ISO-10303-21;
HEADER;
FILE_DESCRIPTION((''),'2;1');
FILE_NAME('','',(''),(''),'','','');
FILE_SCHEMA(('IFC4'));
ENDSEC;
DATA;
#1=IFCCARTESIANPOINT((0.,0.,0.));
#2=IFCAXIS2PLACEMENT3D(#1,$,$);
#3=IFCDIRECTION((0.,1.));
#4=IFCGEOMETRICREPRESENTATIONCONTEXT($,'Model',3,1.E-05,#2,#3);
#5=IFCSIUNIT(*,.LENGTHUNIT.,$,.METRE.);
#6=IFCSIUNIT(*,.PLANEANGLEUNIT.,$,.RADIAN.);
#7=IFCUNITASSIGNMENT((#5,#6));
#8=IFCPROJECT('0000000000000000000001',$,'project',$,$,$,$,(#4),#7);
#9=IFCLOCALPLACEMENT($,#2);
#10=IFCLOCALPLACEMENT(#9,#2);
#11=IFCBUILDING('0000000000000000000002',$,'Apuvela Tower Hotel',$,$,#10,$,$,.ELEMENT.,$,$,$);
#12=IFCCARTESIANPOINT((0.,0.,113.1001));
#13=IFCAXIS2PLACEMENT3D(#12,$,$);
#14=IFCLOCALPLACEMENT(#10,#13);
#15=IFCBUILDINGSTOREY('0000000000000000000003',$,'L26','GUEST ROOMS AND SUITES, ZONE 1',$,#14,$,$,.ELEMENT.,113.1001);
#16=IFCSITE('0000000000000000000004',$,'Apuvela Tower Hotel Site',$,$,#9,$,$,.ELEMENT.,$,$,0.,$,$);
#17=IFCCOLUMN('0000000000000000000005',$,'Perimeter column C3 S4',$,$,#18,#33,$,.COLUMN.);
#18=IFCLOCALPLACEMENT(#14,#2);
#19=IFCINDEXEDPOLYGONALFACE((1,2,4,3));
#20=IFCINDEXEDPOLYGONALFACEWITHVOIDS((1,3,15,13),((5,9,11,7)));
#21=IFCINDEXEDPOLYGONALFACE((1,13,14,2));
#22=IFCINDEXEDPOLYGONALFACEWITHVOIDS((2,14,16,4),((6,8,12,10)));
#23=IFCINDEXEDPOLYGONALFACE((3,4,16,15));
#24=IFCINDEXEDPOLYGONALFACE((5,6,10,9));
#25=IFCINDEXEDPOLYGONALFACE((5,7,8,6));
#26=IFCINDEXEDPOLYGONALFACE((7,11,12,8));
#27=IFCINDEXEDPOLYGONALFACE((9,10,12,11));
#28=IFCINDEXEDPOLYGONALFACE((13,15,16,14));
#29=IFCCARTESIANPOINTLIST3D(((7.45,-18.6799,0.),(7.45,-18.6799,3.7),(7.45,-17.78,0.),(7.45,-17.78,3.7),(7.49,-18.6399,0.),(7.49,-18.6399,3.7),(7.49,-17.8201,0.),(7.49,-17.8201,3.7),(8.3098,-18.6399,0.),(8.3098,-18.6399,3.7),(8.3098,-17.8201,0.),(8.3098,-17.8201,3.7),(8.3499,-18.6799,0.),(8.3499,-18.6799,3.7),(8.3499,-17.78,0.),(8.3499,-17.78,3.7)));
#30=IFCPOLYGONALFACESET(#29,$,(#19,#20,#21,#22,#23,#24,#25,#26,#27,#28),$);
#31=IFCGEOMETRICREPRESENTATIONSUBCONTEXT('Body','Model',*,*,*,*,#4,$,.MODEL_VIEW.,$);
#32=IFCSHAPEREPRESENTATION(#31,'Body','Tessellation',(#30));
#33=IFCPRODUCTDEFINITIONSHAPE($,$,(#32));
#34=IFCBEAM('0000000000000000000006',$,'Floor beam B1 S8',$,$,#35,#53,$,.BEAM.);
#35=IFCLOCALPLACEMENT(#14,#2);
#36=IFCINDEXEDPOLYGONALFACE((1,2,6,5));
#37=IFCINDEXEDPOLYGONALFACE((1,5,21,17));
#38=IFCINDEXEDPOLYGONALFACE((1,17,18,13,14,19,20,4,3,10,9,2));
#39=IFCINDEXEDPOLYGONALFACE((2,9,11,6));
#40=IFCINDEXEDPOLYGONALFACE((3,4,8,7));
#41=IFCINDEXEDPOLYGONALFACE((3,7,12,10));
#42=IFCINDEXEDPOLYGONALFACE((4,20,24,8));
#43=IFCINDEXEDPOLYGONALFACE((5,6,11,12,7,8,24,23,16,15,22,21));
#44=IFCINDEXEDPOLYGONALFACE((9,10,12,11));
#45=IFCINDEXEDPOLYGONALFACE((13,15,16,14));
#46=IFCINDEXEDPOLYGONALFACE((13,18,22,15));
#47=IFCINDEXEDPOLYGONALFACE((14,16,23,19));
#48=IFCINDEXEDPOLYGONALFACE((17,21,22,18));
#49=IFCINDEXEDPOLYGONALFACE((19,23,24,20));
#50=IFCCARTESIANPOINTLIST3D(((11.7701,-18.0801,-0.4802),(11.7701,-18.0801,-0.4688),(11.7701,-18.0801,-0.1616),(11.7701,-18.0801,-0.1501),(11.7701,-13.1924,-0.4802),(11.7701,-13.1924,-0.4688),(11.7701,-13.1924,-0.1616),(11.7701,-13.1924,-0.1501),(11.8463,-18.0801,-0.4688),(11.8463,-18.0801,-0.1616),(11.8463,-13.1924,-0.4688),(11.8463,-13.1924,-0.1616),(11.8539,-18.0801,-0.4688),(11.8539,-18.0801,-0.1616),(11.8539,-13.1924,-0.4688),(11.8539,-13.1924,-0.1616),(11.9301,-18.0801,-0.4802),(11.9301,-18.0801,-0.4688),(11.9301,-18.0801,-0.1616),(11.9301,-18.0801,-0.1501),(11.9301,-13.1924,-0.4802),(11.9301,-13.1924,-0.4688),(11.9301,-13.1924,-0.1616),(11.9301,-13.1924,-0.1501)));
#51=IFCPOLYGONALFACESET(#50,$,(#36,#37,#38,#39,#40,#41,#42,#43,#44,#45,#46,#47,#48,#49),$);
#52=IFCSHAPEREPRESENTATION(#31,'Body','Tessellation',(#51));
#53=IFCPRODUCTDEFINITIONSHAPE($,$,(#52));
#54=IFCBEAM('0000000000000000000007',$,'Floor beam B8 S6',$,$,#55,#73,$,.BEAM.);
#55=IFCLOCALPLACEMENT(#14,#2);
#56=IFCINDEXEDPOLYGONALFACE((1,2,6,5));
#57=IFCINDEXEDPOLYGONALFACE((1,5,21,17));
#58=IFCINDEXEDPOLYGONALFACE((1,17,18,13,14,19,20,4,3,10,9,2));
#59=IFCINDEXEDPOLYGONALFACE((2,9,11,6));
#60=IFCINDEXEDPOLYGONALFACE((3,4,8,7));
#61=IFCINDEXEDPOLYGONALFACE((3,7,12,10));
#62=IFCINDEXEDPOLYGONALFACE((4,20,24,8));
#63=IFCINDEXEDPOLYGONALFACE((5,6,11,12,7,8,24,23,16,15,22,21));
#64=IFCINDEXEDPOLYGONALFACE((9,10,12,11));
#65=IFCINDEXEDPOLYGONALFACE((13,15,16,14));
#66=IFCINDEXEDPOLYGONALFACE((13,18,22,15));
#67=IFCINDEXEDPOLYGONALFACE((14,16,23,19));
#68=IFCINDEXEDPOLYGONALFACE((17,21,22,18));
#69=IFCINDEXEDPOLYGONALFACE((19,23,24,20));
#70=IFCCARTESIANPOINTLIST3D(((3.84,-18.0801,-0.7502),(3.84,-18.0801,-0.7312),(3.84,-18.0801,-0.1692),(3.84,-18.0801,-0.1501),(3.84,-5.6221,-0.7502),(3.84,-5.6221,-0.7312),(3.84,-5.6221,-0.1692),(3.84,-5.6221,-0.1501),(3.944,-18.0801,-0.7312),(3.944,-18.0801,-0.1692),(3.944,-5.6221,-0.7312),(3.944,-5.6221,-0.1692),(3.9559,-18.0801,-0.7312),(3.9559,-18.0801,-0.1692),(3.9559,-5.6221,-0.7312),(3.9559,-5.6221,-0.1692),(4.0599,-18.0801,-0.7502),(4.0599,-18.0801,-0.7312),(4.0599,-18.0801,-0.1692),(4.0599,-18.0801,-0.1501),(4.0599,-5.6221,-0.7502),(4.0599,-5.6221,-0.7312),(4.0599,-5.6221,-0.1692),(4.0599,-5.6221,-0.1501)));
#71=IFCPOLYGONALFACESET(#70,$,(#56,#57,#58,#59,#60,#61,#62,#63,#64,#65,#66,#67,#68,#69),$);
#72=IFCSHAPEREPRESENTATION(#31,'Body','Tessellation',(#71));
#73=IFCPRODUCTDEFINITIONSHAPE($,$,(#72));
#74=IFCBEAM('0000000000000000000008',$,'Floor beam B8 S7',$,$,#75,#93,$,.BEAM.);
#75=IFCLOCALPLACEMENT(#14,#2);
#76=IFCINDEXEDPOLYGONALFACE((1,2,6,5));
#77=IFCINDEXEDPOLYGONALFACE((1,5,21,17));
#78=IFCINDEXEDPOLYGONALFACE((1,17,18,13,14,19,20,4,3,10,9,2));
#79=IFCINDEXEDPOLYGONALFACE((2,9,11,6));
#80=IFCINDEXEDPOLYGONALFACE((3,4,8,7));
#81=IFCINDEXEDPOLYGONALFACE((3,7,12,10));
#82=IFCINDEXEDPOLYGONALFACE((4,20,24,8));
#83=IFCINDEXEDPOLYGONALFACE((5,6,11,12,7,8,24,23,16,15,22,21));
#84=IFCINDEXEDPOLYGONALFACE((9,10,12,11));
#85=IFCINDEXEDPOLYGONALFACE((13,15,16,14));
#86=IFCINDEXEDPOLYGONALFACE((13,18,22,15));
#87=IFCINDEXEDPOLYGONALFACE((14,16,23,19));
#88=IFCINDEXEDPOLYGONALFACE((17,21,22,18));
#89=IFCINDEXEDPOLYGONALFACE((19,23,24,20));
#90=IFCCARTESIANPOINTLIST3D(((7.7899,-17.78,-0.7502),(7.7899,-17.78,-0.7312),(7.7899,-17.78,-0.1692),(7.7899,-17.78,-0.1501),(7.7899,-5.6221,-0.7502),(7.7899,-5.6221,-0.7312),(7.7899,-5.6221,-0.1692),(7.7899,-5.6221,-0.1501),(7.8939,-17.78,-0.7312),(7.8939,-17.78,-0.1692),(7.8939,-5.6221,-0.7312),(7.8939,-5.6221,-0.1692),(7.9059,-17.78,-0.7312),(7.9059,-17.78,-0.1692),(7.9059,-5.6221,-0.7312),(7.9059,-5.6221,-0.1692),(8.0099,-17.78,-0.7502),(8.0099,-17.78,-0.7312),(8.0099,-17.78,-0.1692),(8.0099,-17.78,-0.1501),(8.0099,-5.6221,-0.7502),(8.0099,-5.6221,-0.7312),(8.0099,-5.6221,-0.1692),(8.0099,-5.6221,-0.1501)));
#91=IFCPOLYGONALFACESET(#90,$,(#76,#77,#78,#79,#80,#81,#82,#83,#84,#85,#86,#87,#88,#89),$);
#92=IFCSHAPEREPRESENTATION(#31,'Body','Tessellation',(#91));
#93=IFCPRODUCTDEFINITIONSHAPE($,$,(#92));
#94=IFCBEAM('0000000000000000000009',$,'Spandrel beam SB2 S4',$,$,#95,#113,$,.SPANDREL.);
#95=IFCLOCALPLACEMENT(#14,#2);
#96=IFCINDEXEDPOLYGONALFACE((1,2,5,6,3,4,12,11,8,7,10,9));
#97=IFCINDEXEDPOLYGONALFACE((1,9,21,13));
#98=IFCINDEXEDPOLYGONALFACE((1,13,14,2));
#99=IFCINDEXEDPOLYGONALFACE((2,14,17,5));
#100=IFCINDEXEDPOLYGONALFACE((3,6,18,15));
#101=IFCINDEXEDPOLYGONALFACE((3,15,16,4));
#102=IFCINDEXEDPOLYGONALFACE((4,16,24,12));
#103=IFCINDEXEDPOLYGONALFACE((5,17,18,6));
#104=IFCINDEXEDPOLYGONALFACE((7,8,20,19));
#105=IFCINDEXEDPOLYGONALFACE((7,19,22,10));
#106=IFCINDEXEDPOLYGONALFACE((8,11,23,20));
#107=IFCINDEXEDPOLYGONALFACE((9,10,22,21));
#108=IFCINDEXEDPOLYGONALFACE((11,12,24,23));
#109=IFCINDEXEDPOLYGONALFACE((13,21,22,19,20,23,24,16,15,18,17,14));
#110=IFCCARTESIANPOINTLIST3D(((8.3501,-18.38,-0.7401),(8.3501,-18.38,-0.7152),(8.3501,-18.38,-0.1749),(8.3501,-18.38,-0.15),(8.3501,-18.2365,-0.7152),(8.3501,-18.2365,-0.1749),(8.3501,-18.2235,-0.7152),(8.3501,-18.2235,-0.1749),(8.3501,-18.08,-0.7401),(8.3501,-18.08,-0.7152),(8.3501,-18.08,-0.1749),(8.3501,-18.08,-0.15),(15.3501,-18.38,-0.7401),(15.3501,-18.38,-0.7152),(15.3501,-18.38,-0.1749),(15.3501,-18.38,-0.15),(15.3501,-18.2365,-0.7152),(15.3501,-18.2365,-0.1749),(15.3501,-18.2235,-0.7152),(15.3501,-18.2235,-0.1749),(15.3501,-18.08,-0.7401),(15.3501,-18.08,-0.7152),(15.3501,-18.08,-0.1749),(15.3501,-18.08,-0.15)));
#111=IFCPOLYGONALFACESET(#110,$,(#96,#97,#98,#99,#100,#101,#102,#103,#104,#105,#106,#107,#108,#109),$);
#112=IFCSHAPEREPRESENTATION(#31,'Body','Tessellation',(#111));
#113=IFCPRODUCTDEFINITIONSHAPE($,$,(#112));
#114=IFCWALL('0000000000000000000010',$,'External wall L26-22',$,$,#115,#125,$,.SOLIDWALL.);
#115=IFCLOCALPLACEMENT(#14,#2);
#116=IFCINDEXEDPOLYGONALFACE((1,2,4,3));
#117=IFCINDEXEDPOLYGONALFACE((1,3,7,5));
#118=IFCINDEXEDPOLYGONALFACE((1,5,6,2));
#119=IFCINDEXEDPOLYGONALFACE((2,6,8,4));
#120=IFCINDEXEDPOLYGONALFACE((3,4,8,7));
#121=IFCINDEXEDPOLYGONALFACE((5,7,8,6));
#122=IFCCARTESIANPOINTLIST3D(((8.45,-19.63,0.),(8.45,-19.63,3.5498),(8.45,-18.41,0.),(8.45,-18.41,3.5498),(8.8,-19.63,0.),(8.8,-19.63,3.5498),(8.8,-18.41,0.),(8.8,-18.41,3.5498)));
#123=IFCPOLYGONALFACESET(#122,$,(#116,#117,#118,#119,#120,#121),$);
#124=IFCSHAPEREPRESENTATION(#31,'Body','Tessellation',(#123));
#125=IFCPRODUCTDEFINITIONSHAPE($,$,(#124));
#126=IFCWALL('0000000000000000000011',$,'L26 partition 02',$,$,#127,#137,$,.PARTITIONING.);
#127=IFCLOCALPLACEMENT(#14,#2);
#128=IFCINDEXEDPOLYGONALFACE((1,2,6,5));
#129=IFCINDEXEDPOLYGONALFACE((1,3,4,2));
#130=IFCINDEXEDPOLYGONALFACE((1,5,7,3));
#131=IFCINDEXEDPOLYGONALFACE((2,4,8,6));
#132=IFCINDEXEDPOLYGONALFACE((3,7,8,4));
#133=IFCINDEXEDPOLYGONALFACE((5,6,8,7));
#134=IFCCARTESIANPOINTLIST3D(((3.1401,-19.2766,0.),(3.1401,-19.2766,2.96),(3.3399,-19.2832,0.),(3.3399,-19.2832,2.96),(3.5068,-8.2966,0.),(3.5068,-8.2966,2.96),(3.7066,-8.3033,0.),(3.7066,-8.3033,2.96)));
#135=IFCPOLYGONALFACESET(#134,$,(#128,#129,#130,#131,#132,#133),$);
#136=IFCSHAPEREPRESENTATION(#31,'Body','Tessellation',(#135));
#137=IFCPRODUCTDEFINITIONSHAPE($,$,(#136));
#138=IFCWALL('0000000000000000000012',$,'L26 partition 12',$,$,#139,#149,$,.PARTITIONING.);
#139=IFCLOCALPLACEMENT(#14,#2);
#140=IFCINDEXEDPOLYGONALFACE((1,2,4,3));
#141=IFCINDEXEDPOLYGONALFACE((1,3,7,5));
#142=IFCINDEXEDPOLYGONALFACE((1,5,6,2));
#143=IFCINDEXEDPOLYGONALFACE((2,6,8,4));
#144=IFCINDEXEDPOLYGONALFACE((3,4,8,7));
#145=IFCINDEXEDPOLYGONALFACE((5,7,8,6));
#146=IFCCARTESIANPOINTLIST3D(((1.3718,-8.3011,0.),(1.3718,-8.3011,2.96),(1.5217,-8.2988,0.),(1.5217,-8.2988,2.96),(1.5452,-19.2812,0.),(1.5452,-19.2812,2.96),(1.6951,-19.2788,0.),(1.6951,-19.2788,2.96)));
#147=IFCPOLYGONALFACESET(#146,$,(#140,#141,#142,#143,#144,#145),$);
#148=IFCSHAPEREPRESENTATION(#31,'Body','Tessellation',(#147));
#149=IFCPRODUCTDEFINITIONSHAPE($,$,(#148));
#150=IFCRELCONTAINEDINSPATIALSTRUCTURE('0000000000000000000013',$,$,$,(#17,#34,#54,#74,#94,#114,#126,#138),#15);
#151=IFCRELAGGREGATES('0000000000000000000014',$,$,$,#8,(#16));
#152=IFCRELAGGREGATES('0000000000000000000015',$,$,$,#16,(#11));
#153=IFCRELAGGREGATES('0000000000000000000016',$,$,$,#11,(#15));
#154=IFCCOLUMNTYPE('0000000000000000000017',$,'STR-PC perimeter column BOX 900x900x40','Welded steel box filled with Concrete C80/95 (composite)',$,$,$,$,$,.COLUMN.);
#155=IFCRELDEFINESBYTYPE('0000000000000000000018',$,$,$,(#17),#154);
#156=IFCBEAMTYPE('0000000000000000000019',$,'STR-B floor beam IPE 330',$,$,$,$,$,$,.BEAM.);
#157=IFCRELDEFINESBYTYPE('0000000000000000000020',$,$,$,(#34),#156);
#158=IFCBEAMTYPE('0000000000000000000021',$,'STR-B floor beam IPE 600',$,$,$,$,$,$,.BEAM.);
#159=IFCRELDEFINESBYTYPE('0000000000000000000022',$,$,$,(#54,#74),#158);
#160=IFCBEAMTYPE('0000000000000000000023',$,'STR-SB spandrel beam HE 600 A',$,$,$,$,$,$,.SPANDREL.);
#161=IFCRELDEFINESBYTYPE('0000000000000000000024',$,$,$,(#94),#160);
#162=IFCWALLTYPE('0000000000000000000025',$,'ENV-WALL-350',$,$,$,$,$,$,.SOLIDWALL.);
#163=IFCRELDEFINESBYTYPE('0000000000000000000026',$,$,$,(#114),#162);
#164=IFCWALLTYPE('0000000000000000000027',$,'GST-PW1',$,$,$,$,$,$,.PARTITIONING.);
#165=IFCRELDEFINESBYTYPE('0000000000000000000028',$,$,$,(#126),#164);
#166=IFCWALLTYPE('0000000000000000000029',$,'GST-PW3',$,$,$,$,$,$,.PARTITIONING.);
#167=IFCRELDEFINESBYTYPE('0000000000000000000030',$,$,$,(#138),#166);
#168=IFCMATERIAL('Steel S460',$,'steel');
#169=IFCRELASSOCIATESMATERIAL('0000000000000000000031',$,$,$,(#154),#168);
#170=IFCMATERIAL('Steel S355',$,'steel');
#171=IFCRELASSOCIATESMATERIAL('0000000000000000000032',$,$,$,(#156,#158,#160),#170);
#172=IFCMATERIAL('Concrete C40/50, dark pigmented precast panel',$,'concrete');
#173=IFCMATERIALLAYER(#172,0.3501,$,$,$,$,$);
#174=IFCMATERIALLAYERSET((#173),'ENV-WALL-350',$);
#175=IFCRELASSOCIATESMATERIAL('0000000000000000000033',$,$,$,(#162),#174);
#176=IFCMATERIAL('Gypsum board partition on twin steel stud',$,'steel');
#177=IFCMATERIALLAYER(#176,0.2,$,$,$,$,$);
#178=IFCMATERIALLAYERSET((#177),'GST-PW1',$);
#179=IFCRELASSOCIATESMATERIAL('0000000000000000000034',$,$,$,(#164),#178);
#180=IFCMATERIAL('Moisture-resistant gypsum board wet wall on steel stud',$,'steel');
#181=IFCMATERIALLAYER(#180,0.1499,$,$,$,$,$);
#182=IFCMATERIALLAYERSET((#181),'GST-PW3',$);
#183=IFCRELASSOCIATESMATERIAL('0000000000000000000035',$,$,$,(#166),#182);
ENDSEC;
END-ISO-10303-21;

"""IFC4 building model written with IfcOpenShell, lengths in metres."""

from ifc_helpers import new_model, si_unit, direction, frame, frame_2d, origin, origin_2d, place, context, subcontext, project, spatial, rectangle, hollow_rectangle, i_section, extrude, material, layer, layer_set, material_profile, profile_set, type_object, element, save


model = new_model("IFC4")

# Units and contexts
model_context = context("Model", 3, precision=1e-05, world=origin(), true_north=direction((0.0, 1.0)))
body_context = subcontext(model_context, "Body", "Model", "MODEL_VIEW")
ifc_project = project(units=[si_unit("LENGTHUNIT", "METRE"), si_unit("PLANEANGLEUNIT", "RADIAN")], contexts=[model_context])

# Site, building, storey
site_placement = place(None, origin())
site = spatial("IfcSite", under=ifc_project, at=site_placement, Name="Apuvela Tower Hotel Site", CompositionType="ELEMENT", RefElevation=0.0)
building_placement = place(site_placement, origin())
building = spatial("IfcBuilding", under=site, at=building_placement, Name="Apuvela Tower Hotel", CompositionType="ELEMENT")
storey_placement = place(building_placement, frame((0.0, 0.0, 113.1001)))
storey = spatial("IfcBuildingStorey", under=building, at=storey_placement, Name="L26", Description="GUEST ROOMS AND SUITES, ZONE 1", CompositionType="ELEMENT", Elevation=113.1001)

# Column
ifc_material_1 = material(Name="Steel S460", Category="steel")
ifc_material_profile_1 = material_profile(ifc_material_1, hollow_rectangle(XDim=0.8999, YDim=0.8999, WallThickness=0.04, at=origin_2d()), Name="BOX 900x900x40")
ifc_material_2 = material(Name="Concrete C80/95", Category="concrete")
ifc_material_profile_2 = material_profile(ifc_material_2, rectangle(XDim=0.8201, YDim=0.8201, at=origin_2d()), Name="Concrete C80/95 infill")
ifc_profile_set_1 = profile_set([ifc_material_profile_1, ifc_material_profile_2], Name="Steel S460")
column_type = type_object("IfcColumnType", Name="STR-PC perimeter column BOX 900x900x40", Description="Welded steel box filled with Concrete C80/95 (composite)", PredefinedType="COLUMN", material=ifc_profile_set_1)
column_placement = place(storey_placement, frame((7.8999, -18.23, 0.0), z_axis=(0.0, 0.0, 1.0), x_axis=(-1.0, 0.0, 0.0)))
element("IfcColumn", 1, at=column_placement, inside=storey, type_object=column_type, Name="Perimeter column C3 S4", PredefinedType="COLUMN", context=body_context, shape_type="SweptSolid", body=[
    extrude(hollow_rectangle(XDim=0.8999, YDim=0.8999, WallThickness=0.04, at=origin_2d()), origin(), (0.0, 0.0, 1.0), 3.7),
])

# Beams
ifc_material_3 = material(Name="Steel S355", Category="steel")
ifc_material_profile_3 = material_profile(ifc_material_3, i_section(OverallWidth=0.1599, OverallDepth=0.3301, WebThickness=0.0076, FlangeThickness=0.0115, at=origin_2d()), Name="IPE 330")
ifc_profile_set_2 = profile_set([ifc_material_profile_3], Name="Steel S355")
beam_type_1 = type_object("IfcBeamType", Name="STR-B floor beam IPE 330", PredefinedType="BEAM", material=ifc_profile_set_2)
beam_1_placement = place(storey_placement, frame((11.8501, -18.0801, -0.3152), z_axis=(0.0, 1.0, 0.0), x_axis=(-1.0, 0.0, 0.0)))
element("IfcBeam", 2, at=beam_1_placement, inside=storey, type_object=beam_type_1, Name="Floor beam B1 S8", PredefinedType="BEAM", context=body_context, shape_type="SweptSolid", body=[
    extrude(i_section(OverallWidth=0.1599, OverallDepth=0.3301, WebThickness=0.0076, FlangeThickness=0.0115, at=origin_2d()), origin(), (0.0, 0.0, 1.0), 4.8877),
])
ifc_material_profile_4 = material_profile(ifc_material_3, i_section(OverallWidth=0.22, OverallDepth=0.6001, WebThickness=0.012, FlangeThickness=0.019, at=origin_2d()), Name="IPE 600")
ifc_profile_set_3 = profile_set([ifc_material_profile_4], Name="Steel S355")
beam_type_2 = type_object("IfcBeamType", Name="STR-B floor beam IPE 600", PredefinedType="BEAM", material=ifc_profile_set_3)
beam_2_placement = place(storey_placement, frame((3.95, -18.0801, -0.4502), z_axis=(0.0, 1.0, 0.0), x_axis=(-1.0, 0.0, 0.0)))
element("IfcBeam", 3, at=beam_2_placement, inside=storey, type_object=beam_type_2, Name="Floor beam B8 S6", PredefinedType="BEAM", context=body_context, shape_type="SweptSolid", body=[
    extrude(i_section(OverallWidth=0.22, OverallDepth=0.6001, WebThickness=0.012, FlangeThickness=0.019, at=origin_2d()), origin(), (0.0, 0.0, 1.0), 12.458),
])
beam_3_placement = place(storey_placement, frame((7.8999, -17.78, -0.4502), z_axis=(0.0, 1.0, 0.0), x_axis=(-1.0, 0.0, 0.0)))
element("IfcBeam", 4, at=beam_3_placement, inside=storey, type_object=beam_type_2, Name="Floor beam B8 S7", PredefinedType="BEAM", context=body_context, shape_type="SweptSolid", body=[
    extrude(i_section(OverallWidth=0.22, OverallDepth=0.6001, WebThickness=0.012, FlangeThickness=0.019, at=origin_2d()), origin(), (0.0, 0.0, 1.0), 12.158),
])
ifc_material_profile_5 = material_profile(ifc_material_3, i_section(OverallWidth=0.3, OverallDepth=0.5901, WebThickness=0.0129, FlangeThickness=0.0249, at=origin_2d()), Name="HE 600 A")
ifc_profile_set_4 = profile_set([ifc_material_profile_5], Name="Steel S355")
beam_type_3 = type_object("IfcBeamType", Name="STR-SB spandrel beam HE 600 A", PredefinedType="SPANDREL", material=ifc_profile_set_4)
beam_4_placement = place(storey_placement, frame((8.3501, -18.23, -0.4451), z_axis=(1.0, 0.0, 0.0), x_axis=(0.0, 1.0, 0.0)))
element("IfcBeam", 5, at=beam_4_placement, inside=storey, type_object=beam_type_3, Name="Spandrel beam SB2 S4", PredefinedType="SPANDREL", context=body_context, shape_type="SweptSolid", body=[
    extrude(i_section(OverallWidth=0.3, OverallDepth=0.5901, WebThickness=0.0129, FlangeThickness=0.0249, at=origin_2d()), origin(), (0.0, 0.0, 1.0), 7.0),
])

# Wall
ifc_material_4 = material(Name="Concrete C40/50, dark pigmented precast panel", Category="concrete")
ifc_layer_1 = layer(ifc_material_4, 0.3501)
ifc_layer_set_1 = layer_set([ifc_layer_1], Name="ENV-WALL-350")
wall_type_1 = type_object("IfcWallType", Name="ENV-WALL-350", PredefinedType="SOLIDWALL", material=ifc_layer_set_1)
wall_1_placement = place(storey_placement, frame((8.625, -19.6299, 0.0), z_axis=(0.0, 0.0, 1.0), x_axis=(0.0, 1.0, 0.0)))
element("IfcWall", 6, at=wall_1_placement, inside=storey, type_object=wall_type_1, Name="External wall L26-22", PredefinedType="SOLIDWALL", context=body_context, shape_type="SweptSolid", body=[
    extrude(rectangle(XDim=1.22, YDim=0.3501, at=frame_2d((0.6099, 0.0))), origin(), (0.0, 0.0, 1.0), 3.5498),
])

# Walls
ifc_material_5 = material(Name="Gypsum board partition on twin steel stud", Category="steel")
ifc_layer_2 = layer(ifc_material_5, 0.2)
ifc_layer_set_2 = layer_set([ifc_layer_2], Name="GST-PW1")
wall_type_2 = type_object("IfcWallType", Name="GST-PW1", PredefinedType="PARTITIONING", material=ifc_layer_set_2)
wall_2_placement = place(storey_placement, frame((3.24, -19.28, 0.0), z_axis=(0.0, 0.0, 1.0), x_axis=(0.033378, 0.999443, 0.0)))
element("IfcWall", 7, at=wall_2_placement, inside=storey, type_object=wall_type_2, Name="L26 partition 02", PredefinedType="PARTITIONING", context=body_context, shape_type="SweptSolid", body=[
    extrude(rectangle(XDim=10.9861, YDim=0.2, at=frame_2d((5.4932, 0.0))), origin(), (0.0, 0.0, 1.0), 2.96),
])
ifc_material_6 = material(Name="Moisture-resistant gypsum board wet wall on steel stud", Category="steel")
ifc_layer_3 = layer(ifc_material_6, 0.1499)
ifc_layer_set_3 = layer_set([ifc_layer_3], Name="GST-PW3")
wall_type_3 = type_object("IfcWallType", Name="GST-PW3", PredefinedType="PARTITIONING", material=ifc_layer_set_3)
wall_3_placement = place(storey_placement, frame((1.6201, -19.28, 0.0), z_axis=(0.0, 0.0, 1.0), x_axis=(-0.015785, 0.999875, 0.0)))
element("IfcWall", 8, at=wall_3_placement, inside=storey, type_object=wall_type_3, Name="L26 partition 12", PredefinedType="PARTITIONING", context=body_context, shape_type="SweptSolid", body=[
    extrude(rectangle(XDim=10.9814, YDim=0.1499, at=frame_2d((5.4907, 0.0))), origin(), (0.0, 0.0, 1.0), 2.96),
])

save(model, "model.ifc")
